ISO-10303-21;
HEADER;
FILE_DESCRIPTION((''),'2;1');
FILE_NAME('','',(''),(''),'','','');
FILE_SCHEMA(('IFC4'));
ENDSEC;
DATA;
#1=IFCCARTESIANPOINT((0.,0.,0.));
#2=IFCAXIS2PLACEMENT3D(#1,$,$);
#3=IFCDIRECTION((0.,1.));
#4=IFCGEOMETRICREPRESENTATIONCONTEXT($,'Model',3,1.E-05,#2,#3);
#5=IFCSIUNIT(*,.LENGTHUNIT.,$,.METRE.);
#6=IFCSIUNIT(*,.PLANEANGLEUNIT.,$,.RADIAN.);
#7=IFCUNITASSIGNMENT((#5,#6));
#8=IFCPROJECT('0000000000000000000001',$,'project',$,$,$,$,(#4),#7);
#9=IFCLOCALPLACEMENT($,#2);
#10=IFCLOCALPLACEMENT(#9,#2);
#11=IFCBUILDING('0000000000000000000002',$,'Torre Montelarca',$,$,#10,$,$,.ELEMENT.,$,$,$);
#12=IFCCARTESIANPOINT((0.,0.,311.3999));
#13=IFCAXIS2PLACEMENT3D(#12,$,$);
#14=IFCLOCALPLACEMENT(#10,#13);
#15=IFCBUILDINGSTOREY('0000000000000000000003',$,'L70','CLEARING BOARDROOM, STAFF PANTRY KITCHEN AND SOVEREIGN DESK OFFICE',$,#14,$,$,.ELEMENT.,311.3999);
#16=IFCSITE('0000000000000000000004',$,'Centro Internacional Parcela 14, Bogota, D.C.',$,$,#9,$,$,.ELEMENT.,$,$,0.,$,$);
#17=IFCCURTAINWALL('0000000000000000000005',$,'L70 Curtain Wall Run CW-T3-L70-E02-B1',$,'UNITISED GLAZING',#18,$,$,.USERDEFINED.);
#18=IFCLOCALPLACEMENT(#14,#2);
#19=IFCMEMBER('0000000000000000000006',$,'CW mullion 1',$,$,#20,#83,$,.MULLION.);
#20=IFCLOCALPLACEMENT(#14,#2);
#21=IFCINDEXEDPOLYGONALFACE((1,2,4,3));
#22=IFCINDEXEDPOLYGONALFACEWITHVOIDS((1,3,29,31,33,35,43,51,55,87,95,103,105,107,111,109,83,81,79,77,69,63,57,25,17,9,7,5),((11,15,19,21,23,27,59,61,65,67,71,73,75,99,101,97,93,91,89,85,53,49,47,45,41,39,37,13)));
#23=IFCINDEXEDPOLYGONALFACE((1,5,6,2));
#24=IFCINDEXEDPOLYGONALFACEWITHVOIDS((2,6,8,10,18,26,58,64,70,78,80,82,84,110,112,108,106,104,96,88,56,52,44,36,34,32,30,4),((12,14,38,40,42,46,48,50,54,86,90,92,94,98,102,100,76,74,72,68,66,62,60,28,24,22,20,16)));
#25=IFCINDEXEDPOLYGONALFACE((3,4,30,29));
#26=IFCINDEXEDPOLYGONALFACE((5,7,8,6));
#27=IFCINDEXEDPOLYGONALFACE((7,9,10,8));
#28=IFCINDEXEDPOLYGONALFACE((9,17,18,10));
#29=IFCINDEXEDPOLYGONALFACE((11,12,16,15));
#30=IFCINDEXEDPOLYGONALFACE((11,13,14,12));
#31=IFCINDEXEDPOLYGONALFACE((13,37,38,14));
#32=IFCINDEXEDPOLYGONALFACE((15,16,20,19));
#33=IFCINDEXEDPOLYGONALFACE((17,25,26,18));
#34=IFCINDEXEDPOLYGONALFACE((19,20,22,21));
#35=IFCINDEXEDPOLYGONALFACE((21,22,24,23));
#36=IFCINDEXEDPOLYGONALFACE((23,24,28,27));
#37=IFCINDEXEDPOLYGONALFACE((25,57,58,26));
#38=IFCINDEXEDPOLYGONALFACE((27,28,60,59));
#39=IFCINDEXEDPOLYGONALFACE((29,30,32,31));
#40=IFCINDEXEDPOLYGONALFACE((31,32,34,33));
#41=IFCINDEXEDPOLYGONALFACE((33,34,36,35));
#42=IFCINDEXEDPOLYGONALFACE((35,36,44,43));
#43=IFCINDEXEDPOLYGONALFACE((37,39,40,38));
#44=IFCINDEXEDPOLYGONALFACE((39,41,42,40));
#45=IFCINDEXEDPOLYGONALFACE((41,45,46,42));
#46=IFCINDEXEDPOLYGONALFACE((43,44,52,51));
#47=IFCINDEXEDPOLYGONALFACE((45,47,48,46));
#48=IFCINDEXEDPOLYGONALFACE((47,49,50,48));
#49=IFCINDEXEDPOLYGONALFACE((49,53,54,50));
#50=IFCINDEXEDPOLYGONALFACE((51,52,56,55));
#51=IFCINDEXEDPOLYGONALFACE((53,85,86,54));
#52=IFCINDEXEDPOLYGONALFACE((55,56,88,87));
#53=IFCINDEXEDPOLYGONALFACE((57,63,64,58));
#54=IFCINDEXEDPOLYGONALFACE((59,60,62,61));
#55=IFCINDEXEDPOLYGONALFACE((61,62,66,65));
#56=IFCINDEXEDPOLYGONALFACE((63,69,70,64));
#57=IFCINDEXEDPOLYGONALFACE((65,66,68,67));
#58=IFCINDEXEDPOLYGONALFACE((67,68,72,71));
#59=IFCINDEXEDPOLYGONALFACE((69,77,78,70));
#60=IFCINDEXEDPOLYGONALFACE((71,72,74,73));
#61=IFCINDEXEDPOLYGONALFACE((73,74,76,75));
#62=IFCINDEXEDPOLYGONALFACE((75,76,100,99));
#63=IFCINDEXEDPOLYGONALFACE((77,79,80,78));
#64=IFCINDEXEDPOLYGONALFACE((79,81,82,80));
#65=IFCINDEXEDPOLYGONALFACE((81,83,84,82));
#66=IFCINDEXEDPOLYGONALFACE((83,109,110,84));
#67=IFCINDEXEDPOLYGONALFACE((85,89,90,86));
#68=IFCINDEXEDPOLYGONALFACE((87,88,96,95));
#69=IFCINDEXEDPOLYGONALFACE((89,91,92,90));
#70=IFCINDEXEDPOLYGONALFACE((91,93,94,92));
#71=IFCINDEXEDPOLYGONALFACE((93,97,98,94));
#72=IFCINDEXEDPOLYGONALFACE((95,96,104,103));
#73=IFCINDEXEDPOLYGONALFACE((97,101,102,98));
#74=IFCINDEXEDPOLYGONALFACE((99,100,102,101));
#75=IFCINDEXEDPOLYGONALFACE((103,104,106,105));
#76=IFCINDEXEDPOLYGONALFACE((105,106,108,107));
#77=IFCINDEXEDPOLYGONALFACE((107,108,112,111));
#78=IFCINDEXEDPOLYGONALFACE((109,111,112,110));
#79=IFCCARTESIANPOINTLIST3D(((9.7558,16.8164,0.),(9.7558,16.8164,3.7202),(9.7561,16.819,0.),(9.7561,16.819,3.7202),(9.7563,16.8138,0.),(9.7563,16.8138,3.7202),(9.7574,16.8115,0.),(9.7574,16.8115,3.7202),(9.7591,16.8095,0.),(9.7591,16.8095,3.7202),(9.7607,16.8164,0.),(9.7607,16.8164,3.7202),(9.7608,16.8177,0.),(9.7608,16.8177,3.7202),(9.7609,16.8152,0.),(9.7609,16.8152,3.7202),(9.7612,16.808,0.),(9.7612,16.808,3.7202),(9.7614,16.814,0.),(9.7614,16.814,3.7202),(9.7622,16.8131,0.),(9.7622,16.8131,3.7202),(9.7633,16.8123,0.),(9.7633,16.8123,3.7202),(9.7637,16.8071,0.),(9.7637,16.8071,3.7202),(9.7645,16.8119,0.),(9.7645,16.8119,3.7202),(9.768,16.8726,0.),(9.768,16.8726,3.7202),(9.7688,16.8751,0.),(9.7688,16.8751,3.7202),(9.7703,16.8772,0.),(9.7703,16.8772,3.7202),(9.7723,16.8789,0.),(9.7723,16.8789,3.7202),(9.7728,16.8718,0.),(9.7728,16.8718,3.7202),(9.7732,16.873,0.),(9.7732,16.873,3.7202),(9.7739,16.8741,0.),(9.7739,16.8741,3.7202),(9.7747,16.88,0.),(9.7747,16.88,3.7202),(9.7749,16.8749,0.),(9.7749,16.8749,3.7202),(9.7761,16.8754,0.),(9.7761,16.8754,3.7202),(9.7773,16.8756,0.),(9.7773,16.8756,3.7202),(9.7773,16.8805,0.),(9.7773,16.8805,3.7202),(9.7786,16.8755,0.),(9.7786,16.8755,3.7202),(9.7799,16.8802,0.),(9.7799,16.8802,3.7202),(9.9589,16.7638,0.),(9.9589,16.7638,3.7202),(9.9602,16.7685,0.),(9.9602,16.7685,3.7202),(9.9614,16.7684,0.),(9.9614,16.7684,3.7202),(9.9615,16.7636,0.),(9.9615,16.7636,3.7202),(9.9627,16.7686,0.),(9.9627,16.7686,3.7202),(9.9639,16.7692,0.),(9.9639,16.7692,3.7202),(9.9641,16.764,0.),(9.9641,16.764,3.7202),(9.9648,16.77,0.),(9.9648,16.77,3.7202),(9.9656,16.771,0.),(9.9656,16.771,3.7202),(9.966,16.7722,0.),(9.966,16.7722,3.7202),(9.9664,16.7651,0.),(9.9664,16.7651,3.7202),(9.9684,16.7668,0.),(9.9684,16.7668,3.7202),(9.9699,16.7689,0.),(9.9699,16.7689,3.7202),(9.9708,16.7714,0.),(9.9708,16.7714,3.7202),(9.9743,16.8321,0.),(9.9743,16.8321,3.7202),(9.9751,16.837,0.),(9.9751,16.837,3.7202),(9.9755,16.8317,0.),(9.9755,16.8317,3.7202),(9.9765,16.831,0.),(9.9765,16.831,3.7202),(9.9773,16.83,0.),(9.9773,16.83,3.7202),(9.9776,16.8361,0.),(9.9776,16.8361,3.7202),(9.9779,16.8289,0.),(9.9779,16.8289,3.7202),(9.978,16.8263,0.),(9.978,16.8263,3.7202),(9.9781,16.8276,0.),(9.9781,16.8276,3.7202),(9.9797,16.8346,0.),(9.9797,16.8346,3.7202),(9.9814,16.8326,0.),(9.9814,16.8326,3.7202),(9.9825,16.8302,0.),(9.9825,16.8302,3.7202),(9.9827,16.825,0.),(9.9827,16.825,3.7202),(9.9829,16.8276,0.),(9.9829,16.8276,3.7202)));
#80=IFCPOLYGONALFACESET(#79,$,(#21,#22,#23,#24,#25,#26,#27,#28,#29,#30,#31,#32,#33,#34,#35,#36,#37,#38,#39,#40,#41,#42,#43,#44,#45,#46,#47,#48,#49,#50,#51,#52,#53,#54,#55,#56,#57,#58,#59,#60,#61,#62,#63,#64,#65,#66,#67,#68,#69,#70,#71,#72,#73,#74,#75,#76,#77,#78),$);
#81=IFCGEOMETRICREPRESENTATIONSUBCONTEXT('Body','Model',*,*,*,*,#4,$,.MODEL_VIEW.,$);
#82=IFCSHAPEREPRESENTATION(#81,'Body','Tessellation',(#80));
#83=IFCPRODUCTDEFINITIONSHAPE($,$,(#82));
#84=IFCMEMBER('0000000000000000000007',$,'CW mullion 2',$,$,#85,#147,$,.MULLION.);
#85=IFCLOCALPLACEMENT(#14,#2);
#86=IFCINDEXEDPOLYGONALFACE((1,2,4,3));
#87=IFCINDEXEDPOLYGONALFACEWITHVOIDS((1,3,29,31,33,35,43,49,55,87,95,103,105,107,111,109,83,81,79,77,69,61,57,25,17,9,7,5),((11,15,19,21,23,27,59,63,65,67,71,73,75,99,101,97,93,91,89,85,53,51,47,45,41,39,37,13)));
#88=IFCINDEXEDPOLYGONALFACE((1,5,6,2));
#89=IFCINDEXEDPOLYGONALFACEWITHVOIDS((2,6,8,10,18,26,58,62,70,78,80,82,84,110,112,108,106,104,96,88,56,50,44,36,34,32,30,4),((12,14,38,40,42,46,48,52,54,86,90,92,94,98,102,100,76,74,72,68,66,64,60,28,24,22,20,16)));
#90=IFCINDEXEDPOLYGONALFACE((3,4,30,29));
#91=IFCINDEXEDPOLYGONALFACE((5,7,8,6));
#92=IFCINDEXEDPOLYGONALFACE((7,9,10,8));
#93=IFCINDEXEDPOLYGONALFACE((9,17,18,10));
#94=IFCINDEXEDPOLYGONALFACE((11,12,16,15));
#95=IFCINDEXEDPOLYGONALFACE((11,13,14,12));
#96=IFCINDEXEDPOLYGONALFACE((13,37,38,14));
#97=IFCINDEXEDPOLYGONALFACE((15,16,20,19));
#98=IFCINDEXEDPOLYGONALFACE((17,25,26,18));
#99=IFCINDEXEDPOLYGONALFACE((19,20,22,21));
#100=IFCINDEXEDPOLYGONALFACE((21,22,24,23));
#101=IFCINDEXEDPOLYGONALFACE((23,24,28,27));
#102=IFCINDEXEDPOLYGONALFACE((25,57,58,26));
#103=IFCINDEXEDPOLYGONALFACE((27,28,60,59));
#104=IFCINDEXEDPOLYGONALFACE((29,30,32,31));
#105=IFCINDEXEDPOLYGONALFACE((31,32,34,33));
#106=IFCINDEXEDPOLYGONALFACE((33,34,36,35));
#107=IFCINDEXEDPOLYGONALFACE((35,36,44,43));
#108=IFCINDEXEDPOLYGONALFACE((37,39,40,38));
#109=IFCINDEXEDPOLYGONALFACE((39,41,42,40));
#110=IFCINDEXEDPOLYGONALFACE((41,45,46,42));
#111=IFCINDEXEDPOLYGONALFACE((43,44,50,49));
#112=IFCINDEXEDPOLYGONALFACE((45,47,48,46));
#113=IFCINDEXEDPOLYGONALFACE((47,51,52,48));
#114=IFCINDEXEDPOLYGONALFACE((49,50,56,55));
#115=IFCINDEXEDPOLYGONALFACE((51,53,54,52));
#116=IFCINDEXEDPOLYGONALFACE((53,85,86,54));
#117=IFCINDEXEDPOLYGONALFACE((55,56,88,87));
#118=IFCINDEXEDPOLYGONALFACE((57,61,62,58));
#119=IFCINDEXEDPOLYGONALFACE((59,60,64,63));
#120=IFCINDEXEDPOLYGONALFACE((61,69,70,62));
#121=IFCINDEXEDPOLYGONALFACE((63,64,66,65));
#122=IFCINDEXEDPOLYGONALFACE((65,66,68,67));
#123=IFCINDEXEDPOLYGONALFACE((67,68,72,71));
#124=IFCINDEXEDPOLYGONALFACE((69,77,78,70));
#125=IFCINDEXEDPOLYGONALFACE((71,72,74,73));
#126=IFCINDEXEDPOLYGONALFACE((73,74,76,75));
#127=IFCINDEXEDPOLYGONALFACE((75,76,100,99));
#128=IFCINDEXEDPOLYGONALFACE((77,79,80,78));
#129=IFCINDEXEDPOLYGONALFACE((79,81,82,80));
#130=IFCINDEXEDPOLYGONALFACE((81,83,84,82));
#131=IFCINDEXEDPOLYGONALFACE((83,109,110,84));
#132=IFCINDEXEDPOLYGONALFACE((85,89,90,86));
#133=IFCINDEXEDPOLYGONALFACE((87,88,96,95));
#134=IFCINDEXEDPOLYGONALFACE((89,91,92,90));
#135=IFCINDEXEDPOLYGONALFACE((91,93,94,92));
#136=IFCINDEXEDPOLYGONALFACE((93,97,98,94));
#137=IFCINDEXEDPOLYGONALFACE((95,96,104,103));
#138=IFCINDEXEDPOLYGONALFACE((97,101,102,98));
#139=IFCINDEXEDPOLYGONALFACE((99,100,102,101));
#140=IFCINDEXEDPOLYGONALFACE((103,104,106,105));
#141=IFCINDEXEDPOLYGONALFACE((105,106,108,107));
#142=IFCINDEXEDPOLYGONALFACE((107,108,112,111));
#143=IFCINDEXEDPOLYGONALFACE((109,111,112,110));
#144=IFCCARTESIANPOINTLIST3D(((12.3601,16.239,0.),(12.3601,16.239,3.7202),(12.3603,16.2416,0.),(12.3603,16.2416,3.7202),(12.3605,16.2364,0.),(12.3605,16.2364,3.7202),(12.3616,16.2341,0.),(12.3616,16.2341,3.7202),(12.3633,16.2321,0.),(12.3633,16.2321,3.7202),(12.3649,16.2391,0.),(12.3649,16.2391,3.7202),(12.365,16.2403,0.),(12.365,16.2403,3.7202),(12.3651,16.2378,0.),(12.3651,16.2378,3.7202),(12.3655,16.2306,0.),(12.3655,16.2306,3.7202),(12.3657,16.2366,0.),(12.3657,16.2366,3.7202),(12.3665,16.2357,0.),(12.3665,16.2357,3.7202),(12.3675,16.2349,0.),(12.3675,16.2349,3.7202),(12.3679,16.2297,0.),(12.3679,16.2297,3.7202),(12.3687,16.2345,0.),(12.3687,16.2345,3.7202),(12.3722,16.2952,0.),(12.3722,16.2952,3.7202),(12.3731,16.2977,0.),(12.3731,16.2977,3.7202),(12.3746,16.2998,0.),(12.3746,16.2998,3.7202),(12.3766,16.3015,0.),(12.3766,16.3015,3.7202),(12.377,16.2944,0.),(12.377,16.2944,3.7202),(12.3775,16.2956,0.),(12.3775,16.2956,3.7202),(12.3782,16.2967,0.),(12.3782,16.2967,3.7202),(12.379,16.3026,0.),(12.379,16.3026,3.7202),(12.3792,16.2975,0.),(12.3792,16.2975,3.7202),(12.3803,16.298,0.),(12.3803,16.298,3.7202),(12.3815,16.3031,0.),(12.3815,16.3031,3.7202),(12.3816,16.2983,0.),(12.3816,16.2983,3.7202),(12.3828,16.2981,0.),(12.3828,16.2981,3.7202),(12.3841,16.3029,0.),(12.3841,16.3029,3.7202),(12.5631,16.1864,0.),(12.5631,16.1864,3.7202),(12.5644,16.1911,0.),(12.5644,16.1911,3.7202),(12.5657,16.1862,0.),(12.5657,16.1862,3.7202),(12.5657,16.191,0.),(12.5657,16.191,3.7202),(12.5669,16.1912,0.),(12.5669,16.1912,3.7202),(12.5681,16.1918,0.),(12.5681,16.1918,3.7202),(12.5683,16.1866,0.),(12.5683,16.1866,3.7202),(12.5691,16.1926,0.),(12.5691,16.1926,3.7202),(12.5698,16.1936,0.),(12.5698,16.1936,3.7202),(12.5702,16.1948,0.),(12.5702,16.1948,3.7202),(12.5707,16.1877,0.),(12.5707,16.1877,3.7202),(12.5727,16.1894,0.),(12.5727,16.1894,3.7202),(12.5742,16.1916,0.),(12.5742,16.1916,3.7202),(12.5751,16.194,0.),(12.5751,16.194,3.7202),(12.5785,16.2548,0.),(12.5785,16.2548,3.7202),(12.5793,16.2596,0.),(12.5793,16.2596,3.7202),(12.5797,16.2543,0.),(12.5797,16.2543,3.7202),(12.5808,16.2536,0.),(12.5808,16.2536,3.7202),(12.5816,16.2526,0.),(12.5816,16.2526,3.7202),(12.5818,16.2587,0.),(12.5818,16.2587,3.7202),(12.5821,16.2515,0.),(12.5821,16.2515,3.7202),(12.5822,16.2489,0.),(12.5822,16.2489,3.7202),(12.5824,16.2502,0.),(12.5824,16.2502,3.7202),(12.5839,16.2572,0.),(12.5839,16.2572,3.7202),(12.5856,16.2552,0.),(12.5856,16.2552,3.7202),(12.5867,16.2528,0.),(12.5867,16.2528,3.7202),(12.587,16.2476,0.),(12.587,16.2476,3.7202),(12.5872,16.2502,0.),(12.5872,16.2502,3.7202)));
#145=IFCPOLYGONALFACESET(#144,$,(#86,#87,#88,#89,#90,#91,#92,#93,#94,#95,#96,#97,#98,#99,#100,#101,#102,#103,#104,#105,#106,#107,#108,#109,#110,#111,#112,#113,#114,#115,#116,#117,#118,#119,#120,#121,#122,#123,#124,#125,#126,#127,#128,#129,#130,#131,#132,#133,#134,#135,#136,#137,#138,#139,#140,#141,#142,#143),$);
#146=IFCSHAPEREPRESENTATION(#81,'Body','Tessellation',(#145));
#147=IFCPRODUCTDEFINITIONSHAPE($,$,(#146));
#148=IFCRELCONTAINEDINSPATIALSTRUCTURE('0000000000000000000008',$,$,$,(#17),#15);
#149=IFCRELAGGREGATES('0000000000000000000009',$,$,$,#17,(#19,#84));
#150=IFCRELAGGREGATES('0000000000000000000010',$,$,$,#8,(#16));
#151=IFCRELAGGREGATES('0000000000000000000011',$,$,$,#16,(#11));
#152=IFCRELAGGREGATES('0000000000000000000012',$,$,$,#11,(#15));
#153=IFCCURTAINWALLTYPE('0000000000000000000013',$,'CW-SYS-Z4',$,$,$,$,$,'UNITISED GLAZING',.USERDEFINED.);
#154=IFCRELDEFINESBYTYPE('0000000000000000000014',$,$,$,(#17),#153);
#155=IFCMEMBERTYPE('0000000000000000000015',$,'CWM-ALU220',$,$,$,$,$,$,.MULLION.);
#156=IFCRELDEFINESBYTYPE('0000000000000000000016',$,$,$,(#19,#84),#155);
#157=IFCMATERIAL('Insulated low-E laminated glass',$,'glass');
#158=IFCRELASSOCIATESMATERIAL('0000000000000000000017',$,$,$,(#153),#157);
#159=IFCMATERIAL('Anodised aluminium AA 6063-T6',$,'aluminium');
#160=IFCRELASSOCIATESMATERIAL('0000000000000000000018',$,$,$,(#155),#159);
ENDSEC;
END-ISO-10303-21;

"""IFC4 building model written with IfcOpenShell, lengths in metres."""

from ifc_helpers import new_model, si_unit, direction, frame, origin, origin_2d, place, context, subcontext, project, spatial, hollow_rectangle, extrude, source, transform, mapped, material, material_profile, profile_set, type_object, element, aggregate, save


model = new_model("IFC4")

# Units and contexts
model_context = context("Model", 3, precision=1e-05, world=origin(), true_north=direction((0.0, 1.0)))
body_context = subcontext(model_context, "Body", "Model", "MODEL_VIEW")
ifc_project = project(units=[si_unit("LENGTHUNIT", "METRE"), si_unit("PLANEANGLEUNIT", "RADIAN")], contexts=[model_context])

# Site, building, storey
site_placement = place(None, origin())
site = spatial("IfcSite", under=ifc_project, at=site_placement, Name="Centro Internacional Parcela 14, Bogota, D.C.", CompositionType="ELEMENT", RefElevation=0.0)
building_placement = place(site_placement, origin())
building = spatial("IfcBuilding", under=site, at=building_placement, Name="Torre Montelarca", CompositionType="ELEMENT")
storey_placement = place(building_placement, frame((0.0, 0.0, 311.3999)))
storey = spatial("IfcBuildingStorey", under=building, at=storey_placement, Name="L70", Description="CLEARING BOARDROOM, STAFF PANTRY KITCHEN AND SOVEREIGN DESK OFFICE", CompositionType="ELEMENT", Elevation=311.3999)

# Curtain wall, members
ifc_material_1 = material(Name="Insulated low-E laminated glass", Category="glass")
curtain_wall_type = type_object("IfcCurtainWallType", Name="CW-SYS-Z4", ElementType="UNITISED GLAZING", PredefinedType="USERDEFINED", material=ifc_material_1)
curtain_wall_1_placement = place(storey_placement, origin())
curtain_wall_1 = element("IfcCurtainWall", 1, at=curtain_wall_1_placement, inside=storey, type_object=curtain_wall_type, Name="L70 Curtain Wall Run CW-T3-L70-E02-B1", ObjectType="UNITISED GLAZING", PredefinedType="USERDEFINED")
ifc_material_2 = material(Name="Anodised aluminium AA 6063-T6", Category="aluminium")
ifc_material_profile_1 = material_profile(ifc_material_2, hollow_rectangle(XDim=0.075, YDim=0.22, WallThickness=0.0049, InnerFilletRadius=0.0049, OuterFilletRadius=0.01, at=origin_2d()), Name="ALU75X220X5", Category="aluminium")
ifc_profile_set_1 = profile_set([ifc_material_profile_1], Name="Anodised aluminium AA 6063-T6")
member_type_1 = type_object("IfcMemberType", Name="CWM-ALU220", PredefinedType="MULLION", material=ifc_profile_set_1)
shared_shape_1 = source(origin(), body_context, "Body", "SweptSolid", [
    extrude(hollow_rectangle(XDim=0.075, YDim=0.22, WallThickness=0.0049, InnerFilletRadius=0.0049, OuterFilletRadius=0.01, at=origin_2d()), origin(), (0.0, 0.0, 1.0), 3.7202),
])
member_1_placement = place(storey_placement, frame((9.8694, 16.822, 0.0), z_axis=(0.0, 0.0, 1.0), x_axis=(0.216449, 0.976294, 0.0)))
member_1 = element("IfcMember", 2, at=member_1_placement, type_object=member_type_1, Name="CW mullion 1", PredefinedType="MULLION", context=body_context, shape_type="MappedRepresentation", body=[
    mapped(shared_shape_1, transform((0.0, 0.0, 0.0), scale=1.0)),
])
member_2_placement = place(storey_placement, frame((12.4736, 16.2446, 0.0), z_axis=(0.0, 0.0, 1.0), x_axis=(0.216449, 0.976294, 0.0)))
member_2 = element("IfcMember", 3, at=member_2_placement, type_object=member_type_1, Name="CW mullion 2", PredefinedType="MULLION", context=body_context, shape_type="MappedRepresentation", body=[
    mapped(shared_shape_1, transform((0.0, 0.0, 0.0), scale=1.0)),
])

aggregate(curtain_wall_1, [member_1, member_2])

save(model, "model.ifc")
